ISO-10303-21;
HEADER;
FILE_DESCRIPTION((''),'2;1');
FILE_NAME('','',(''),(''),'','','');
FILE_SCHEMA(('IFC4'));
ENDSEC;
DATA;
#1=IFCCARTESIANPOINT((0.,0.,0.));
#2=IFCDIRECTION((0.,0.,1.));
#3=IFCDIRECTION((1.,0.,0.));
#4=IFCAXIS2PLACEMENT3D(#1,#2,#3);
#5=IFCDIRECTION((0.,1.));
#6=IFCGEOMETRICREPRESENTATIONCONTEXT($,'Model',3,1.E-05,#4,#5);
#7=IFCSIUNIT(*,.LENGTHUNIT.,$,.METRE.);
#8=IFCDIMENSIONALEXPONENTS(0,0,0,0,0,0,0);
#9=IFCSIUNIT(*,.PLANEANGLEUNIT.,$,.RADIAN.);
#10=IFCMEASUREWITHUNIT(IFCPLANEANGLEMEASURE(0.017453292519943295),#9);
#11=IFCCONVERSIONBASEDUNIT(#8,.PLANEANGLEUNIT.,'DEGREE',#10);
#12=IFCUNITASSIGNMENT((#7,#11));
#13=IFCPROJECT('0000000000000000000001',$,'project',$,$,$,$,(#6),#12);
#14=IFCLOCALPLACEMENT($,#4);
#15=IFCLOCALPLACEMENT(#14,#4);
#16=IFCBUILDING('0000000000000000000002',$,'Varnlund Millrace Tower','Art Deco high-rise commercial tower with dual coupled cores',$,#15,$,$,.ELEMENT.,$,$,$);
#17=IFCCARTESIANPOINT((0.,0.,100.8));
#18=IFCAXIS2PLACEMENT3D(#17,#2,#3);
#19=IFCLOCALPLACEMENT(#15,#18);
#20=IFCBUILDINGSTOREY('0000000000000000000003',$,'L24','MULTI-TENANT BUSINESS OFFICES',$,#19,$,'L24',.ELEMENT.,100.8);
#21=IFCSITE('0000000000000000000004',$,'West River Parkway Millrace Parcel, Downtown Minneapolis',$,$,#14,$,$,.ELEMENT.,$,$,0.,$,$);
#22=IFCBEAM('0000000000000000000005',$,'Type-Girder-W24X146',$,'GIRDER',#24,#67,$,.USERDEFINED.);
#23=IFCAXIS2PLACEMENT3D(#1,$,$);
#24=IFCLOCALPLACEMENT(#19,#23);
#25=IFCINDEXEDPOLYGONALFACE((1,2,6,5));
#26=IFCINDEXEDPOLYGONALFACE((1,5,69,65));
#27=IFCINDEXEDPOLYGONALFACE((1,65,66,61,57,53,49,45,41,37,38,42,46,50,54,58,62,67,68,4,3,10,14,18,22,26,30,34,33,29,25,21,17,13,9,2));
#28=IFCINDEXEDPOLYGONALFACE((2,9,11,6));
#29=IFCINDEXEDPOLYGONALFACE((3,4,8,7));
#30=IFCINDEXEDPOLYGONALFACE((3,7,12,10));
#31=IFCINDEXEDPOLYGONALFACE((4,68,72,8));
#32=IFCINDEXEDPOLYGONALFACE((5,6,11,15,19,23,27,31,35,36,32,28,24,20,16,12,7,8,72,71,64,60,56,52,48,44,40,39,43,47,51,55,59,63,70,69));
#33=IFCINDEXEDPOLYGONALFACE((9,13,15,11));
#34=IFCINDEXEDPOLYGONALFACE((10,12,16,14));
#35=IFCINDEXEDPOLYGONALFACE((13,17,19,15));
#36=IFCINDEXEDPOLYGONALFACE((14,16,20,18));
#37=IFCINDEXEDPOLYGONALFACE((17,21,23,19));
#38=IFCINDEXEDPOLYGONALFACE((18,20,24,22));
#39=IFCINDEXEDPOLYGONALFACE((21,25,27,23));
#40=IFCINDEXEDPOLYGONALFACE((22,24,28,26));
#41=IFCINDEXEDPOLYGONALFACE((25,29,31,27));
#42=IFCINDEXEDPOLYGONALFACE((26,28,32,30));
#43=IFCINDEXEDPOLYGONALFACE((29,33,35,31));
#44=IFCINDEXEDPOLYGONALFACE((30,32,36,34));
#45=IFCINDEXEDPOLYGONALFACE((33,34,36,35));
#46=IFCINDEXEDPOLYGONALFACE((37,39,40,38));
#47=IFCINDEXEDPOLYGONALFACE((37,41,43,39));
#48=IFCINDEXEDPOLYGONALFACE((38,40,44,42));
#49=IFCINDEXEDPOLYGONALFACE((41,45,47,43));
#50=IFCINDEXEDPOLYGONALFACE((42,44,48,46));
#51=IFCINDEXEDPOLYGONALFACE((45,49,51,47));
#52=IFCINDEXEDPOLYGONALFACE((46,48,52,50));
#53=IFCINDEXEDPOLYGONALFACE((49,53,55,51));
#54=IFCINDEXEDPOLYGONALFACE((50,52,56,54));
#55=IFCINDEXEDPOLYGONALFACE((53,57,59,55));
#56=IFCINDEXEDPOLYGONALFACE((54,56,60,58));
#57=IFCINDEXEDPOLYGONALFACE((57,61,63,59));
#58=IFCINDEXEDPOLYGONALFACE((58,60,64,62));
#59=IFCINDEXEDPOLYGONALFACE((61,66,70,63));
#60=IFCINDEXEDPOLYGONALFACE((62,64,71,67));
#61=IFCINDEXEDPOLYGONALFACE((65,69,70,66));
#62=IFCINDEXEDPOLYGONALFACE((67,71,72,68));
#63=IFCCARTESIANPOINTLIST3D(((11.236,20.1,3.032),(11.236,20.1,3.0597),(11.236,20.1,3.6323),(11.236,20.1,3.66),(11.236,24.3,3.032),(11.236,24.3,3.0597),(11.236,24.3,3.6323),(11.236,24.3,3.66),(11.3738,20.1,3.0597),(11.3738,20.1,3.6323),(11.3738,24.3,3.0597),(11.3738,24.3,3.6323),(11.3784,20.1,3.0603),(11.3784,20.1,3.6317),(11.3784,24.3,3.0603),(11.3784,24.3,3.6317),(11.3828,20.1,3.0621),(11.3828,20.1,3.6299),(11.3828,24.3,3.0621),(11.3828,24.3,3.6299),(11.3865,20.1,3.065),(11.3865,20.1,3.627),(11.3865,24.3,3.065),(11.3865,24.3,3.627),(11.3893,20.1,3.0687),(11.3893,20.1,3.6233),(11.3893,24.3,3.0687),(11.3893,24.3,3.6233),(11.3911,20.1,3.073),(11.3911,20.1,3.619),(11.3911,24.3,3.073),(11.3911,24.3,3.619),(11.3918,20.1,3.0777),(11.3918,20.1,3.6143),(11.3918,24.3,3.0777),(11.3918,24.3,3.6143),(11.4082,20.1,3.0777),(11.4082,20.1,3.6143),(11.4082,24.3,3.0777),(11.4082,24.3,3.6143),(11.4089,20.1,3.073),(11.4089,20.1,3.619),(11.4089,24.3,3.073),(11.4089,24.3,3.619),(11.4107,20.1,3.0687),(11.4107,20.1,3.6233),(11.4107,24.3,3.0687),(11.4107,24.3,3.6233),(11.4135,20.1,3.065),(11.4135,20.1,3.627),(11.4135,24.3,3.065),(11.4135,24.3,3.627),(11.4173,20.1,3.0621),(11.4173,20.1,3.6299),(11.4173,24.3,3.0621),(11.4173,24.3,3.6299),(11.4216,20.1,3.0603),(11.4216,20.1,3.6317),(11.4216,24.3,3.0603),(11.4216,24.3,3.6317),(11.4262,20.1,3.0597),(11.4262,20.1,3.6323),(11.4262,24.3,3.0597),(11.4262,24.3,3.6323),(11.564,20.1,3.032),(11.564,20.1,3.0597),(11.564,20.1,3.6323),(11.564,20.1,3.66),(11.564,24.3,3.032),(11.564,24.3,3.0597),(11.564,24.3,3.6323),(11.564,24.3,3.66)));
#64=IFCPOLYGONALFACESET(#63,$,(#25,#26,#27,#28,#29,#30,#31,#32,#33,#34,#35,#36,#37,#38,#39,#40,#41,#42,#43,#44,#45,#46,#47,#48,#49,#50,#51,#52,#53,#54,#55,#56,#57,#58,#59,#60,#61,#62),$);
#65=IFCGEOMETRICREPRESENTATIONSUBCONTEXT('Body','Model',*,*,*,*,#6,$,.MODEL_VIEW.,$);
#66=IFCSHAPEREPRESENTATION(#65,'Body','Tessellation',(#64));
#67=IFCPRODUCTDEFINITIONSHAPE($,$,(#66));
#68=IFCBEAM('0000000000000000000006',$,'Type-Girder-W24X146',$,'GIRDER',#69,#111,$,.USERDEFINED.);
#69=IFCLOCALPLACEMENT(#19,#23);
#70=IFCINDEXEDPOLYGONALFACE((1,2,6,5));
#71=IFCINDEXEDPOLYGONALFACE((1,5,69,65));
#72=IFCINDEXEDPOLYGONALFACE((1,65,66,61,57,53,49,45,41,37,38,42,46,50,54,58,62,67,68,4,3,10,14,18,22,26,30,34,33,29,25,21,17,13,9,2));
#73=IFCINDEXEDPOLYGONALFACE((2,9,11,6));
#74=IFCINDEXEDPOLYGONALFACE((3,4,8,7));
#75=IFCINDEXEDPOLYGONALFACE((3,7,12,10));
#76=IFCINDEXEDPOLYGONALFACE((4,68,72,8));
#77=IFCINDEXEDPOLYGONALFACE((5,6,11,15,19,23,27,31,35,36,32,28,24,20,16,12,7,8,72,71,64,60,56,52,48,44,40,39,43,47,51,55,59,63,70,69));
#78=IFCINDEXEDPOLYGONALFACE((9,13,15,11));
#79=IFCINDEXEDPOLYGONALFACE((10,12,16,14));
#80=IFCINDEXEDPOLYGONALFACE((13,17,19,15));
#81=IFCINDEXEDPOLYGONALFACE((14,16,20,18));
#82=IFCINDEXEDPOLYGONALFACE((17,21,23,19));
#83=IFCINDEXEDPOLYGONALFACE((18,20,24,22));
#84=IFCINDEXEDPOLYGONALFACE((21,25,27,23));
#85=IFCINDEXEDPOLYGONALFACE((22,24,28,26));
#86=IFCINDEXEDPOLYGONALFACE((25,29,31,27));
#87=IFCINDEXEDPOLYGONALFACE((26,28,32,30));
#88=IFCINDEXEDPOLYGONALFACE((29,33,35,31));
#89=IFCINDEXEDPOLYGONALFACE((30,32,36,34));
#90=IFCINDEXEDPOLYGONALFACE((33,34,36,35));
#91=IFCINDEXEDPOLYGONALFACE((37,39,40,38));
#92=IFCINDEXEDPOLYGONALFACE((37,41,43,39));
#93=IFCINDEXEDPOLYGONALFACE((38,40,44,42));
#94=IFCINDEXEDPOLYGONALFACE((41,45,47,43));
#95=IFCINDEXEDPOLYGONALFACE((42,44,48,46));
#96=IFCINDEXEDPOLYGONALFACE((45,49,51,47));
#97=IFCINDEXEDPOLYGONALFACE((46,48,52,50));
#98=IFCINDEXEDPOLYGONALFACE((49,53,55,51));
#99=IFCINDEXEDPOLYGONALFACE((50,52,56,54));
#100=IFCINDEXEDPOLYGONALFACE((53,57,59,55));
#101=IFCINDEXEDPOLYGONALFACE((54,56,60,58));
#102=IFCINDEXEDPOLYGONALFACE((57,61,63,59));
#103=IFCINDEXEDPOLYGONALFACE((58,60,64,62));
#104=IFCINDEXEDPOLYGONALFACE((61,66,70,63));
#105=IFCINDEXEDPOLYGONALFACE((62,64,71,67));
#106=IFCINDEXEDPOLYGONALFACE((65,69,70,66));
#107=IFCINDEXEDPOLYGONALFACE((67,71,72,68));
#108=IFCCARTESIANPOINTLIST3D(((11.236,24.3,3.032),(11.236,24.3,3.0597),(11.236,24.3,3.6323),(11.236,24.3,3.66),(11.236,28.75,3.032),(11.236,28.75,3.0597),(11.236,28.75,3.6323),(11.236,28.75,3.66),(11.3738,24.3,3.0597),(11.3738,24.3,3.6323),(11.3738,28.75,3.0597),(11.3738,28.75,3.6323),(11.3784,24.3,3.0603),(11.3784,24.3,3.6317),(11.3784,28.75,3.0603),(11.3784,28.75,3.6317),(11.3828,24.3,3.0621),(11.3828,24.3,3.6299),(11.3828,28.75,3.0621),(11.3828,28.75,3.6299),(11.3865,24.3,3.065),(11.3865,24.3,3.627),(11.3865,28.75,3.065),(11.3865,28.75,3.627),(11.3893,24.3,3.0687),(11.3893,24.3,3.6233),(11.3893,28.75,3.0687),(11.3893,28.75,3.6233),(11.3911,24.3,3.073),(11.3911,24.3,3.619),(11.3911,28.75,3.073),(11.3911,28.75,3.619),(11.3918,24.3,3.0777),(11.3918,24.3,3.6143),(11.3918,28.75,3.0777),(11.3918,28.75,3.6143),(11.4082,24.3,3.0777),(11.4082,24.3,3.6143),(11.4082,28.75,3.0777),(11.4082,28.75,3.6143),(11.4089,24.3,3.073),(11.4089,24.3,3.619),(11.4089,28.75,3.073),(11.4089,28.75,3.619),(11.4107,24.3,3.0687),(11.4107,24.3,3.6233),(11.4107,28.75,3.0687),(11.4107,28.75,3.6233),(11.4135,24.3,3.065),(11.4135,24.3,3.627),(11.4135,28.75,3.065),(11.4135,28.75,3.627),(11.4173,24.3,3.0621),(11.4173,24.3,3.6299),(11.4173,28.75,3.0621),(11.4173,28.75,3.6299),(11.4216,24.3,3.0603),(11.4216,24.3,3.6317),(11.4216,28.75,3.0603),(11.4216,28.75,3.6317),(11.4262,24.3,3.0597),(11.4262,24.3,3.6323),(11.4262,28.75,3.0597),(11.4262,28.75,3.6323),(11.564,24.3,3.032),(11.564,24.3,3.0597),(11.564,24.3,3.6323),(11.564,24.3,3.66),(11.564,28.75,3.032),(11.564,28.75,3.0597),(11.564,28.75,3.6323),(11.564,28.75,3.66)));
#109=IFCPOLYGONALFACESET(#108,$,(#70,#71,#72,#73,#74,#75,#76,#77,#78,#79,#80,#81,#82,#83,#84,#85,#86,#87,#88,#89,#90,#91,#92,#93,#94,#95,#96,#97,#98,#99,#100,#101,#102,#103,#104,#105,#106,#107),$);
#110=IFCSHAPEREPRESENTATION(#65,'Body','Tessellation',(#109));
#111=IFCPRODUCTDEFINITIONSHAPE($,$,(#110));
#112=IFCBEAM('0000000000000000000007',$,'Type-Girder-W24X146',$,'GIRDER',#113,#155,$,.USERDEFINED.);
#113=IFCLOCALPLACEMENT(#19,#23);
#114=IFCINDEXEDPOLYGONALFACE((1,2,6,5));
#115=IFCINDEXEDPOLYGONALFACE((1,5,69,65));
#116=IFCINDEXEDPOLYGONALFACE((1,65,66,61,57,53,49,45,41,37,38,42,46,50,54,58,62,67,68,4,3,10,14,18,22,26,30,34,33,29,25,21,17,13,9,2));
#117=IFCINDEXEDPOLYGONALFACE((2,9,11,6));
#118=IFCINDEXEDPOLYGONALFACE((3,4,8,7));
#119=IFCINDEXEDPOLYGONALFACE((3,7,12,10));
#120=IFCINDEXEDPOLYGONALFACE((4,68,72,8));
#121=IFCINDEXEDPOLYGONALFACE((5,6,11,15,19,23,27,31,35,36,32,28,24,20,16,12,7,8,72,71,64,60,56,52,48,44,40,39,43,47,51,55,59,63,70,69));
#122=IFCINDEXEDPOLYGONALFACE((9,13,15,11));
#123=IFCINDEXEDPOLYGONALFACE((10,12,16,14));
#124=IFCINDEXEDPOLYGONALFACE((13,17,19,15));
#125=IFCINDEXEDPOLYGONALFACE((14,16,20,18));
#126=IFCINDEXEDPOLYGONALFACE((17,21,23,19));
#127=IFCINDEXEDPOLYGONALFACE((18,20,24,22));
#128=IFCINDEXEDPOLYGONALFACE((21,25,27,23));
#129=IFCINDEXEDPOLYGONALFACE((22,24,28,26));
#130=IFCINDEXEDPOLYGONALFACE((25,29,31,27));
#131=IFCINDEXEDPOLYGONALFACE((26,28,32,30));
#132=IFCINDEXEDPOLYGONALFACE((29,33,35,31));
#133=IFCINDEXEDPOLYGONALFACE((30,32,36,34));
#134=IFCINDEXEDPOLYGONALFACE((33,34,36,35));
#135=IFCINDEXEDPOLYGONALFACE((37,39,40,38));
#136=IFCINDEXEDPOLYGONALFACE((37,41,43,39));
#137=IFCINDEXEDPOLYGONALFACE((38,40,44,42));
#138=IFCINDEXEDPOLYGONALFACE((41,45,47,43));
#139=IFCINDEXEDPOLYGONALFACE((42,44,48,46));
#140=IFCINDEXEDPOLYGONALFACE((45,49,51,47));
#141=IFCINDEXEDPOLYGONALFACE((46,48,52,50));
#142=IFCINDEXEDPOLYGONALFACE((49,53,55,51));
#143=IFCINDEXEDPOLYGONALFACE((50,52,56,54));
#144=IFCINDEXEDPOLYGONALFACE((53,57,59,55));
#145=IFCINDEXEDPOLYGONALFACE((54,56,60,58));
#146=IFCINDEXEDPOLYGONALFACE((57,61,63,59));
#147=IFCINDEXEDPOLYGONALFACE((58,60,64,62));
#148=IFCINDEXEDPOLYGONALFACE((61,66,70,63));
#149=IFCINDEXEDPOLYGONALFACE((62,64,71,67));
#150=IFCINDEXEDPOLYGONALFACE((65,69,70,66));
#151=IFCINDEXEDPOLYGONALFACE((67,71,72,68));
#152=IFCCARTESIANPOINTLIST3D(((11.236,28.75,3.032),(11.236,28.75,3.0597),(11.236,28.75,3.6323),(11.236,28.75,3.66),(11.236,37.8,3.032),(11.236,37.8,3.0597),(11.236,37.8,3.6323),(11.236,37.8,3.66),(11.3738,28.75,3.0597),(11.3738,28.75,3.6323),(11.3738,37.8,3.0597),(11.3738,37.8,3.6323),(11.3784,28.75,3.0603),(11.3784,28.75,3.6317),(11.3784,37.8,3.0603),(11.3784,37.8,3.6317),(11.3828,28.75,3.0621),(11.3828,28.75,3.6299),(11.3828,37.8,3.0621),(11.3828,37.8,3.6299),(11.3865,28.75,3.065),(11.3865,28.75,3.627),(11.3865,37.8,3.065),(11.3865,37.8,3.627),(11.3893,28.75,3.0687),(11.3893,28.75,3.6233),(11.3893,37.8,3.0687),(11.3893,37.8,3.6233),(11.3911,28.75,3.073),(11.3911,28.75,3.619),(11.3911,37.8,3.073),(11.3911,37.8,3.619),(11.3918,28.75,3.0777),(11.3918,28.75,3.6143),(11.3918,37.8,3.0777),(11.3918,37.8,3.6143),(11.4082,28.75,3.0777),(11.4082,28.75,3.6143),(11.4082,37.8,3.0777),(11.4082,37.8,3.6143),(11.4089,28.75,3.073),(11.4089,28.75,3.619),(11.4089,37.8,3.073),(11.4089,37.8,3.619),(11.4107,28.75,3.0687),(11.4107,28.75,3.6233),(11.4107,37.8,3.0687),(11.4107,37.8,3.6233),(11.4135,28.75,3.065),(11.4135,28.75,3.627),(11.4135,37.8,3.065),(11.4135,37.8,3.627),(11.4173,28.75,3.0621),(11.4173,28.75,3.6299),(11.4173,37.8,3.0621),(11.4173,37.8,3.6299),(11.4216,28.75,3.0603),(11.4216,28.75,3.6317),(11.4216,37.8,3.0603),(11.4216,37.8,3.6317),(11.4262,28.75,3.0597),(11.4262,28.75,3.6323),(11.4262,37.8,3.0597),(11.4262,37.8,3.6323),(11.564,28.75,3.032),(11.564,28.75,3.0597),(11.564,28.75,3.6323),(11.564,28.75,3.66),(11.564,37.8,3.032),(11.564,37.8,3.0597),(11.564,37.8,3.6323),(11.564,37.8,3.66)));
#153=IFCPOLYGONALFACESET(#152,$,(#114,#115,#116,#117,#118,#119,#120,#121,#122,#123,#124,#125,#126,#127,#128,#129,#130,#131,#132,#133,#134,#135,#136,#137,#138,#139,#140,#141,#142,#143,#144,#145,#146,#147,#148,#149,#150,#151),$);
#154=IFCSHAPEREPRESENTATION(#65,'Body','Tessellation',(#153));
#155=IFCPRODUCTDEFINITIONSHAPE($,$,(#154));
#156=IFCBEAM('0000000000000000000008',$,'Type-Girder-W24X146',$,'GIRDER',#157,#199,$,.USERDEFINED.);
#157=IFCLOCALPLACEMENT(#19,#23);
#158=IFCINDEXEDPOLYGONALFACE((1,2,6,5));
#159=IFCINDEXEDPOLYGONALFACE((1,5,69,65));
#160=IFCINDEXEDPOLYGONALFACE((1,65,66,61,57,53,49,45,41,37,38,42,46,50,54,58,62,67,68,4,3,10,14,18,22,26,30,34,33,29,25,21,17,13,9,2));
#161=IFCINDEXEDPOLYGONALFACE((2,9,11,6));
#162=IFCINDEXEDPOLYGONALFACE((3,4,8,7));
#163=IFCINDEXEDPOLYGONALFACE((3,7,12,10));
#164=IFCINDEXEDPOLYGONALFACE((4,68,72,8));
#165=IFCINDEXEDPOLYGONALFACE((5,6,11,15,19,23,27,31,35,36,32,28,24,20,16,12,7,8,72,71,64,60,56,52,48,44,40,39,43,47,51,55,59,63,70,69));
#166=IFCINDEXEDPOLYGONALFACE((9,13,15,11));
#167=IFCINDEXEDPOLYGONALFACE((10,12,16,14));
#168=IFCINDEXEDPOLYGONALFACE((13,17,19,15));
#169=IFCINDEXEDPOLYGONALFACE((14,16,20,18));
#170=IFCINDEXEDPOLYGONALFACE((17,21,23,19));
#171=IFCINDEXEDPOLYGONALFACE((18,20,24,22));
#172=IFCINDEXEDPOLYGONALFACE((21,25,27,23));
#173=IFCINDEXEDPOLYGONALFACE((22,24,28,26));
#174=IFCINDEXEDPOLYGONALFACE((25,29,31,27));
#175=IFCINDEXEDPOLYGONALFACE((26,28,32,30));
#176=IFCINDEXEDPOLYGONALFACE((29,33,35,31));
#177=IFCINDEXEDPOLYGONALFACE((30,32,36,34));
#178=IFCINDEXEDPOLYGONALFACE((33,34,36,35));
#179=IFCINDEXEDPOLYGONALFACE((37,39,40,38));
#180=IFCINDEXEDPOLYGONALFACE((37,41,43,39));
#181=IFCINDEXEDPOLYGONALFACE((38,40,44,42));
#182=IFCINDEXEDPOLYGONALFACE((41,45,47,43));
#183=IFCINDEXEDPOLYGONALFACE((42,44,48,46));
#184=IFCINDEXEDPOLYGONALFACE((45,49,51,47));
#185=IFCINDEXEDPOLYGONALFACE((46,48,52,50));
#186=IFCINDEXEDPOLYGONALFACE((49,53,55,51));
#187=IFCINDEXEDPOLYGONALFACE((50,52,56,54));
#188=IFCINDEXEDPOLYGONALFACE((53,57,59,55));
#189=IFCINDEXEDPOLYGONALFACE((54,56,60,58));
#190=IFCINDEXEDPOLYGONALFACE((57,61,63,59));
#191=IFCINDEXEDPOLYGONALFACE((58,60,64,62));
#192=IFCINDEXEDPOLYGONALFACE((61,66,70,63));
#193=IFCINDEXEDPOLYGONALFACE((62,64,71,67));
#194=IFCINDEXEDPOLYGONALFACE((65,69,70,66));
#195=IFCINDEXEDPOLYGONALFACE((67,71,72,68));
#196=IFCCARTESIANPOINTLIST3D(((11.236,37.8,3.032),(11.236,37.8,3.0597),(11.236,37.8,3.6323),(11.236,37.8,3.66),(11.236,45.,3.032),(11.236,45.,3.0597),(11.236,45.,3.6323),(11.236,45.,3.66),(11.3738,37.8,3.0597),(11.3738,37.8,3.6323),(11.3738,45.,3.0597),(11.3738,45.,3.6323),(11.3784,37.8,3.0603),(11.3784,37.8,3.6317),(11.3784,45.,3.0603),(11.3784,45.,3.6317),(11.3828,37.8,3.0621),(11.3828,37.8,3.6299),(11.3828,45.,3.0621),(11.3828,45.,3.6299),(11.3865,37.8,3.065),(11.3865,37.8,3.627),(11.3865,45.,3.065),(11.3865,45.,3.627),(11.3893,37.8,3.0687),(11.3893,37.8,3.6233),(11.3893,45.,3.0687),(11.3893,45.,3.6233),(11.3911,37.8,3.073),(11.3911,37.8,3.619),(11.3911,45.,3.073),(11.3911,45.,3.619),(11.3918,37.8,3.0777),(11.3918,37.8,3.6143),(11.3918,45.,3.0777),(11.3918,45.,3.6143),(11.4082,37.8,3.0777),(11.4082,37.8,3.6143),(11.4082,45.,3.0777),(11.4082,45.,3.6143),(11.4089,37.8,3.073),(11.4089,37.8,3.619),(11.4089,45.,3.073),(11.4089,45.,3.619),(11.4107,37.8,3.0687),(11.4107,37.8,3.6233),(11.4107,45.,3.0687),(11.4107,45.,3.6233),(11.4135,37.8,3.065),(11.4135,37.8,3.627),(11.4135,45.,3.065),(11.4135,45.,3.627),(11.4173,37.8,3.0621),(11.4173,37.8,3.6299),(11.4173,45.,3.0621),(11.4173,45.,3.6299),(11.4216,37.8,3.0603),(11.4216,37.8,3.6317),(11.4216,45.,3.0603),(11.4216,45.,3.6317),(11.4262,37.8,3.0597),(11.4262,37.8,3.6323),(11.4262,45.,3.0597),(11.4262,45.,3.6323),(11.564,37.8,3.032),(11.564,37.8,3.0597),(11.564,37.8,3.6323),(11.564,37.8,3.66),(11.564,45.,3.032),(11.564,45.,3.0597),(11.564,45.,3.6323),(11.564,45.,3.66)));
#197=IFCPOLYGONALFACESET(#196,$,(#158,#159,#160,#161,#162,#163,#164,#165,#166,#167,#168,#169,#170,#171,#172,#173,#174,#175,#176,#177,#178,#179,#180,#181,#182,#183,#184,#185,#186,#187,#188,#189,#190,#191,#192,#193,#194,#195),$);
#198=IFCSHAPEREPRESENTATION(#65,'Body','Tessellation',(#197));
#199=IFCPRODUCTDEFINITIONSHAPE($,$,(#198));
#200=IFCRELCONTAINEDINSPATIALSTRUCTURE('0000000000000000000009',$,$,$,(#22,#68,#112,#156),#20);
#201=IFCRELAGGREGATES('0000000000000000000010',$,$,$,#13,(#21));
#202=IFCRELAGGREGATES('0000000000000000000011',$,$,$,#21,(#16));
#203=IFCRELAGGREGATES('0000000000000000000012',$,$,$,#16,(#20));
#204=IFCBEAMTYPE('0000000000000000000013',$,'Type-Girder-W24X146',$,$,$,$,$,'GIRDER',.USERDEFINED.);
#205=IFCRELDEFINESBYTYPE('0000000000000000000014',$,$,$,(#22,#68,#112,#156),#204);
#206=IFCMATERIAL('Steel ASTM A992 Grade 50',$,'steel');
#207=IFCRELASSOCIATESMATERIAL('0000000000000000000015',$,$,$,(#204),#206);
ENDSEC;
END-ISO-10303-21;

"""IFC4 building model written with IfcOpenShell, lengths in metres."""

from ifc_helpers import new_model, entity, si_unit, converted_unit, direction, frame, origin_with_axes, origin_2d_with_axis, place, context, subcontext, project, spatial, i_section, extrude, material, material_profile, profile_set, type_object, element, save


model = new_model("IFC4")

# Units and contexts
model_context = context("Model", 3, precision=1e-05, world=origin_with_axes(), true_north=direction((0.0, 1.0)))
body_context = subcontext(model_context, "Body", "Model", "MODEL_VIEW")
ifc_project = project(units=[si_unit("LENGTHUNIT", "METRE"), converted_unit("PLANEANGLEUNIT", "DEGREE", entity("IfcPlaneAngleMeasure", 0.017453292519943295), si_unit("PLANEANGLEUNIT", "RADIAN"), dimensions=[0, 0, 0, 0, 0, 0, 0])], contexts=[model_context])

# Site, building, storey
site_placement = place(None, origin_with_axes())
site = spatial("IfcSite", under=ifc_project, at=site_placement, Name="West River Parkway Millrace Parcel, Downtown Minneapolis", CompositionType="ELEMENT", RefElevation=0.0)
building_placement = place(site_placement, origin_with_axes())
building = spatial("IfcBuilding", under=site, at=building_placement, Name="Varnlund Millrace Tower", Description="Art Deco high-rise commercial tower with dual coupled cores", CompositionType="ELEMENT")
storey_placement = place(building_placement, frame((0.0, 0.0, 100.8), z_axis=(0.0, 0.0, 1.0), x_axis=(1.0, 0.0, 0.0)))
storey = spatial("IfcBuildingStorey", under=building, at=storey_placement, Name="L24", Description="MULTI-TENANT BUSINESS OFFICES", LongName="L24", CompositionType="ELEMENT", Elevation=100.8)

# Beams
ifc_material_1 = material(Name="Steel ASTM A992 Grade 50", Category="steel")
ifc_material_profile_1 = material_profile(ifc_material_1, i_section(OverallWidth=0.328, OverallDepth=0.628, WebThickness=0.0165, FlangeThickness=0.0277, FilletRadius=0.018, at=origin_2d_with_axis()), Name="Steel ASTM A992 Grade 50")
ifc_profile_set_1 = profile_set([ifc_material_profile_1], Name="Steel ASTM A992 Grade 50")
beam_type_1 = type_object("IfcBeamType", Name="Type-Girder-W24X146", ElementType="GIRDER", PredefinedType="USERDEFINED", material=ifc_profile_set_1)
beam_1_placement = place(storey_placement, frame((11.4, 20.1, 3.346), z_axis=(0.0, 1.0, 0.0), x_axis=(-1.0, 0.0, 0.0)))
element("IfcBeam", 1, at=beam_1_placement, inside=storey, type_object=beam_type_1, Name="Type-Girder-W24X146", ObjectType="GIRDER", PredefinedType="USERDEFINED", context=body_context, shape_type="SweptSolid", body=[
    extrude(i_section(OverallWidth=0.328, OverallDepth=0.628, WebThickness=0.0165, FlangeThickness=0.0277, FilletRadius=0.018, at=origin_2d_with_axis()), origin_with_axes(), (0.0, 0.0, 1.0), 4.2),
])
beam_2_placement = place(storey_placement, frame((11.4, 24.3, 3.346), z_axis=(0.0, 1.0, 0.0), x_axis=(-1.0, 0.0, 0.0)))
element("IfcBeam", 2, at=beam_2_placement, inside=storey, type_object=beam_type_1, Name="Type-Girder-W24X146", ObjectType="GIRDER", PredefinedType="USERDEFINED", context=body_context, shape_type="SweptSolid", body=[
    extrude(i_section(OverallWidth=0.328, OverallDepth=0.628, WebThickness=0.0165, FlangeThickness=0.0277, FilletRadius=0.018, at=origin_2d_with_axis()), origin_with_axes(), (0.0, 0.0, 1.0), 4.45),
])
beam_3_placement = place(storey_placement, frame((11.4, 28.75, 3.346), z_axis=(0.0, 1.0, 0.0), x_axis=(-1.0, 0.0, 0.0)))
element("IfcBeam", 3, at=beam_3_placement, inside=storey, type_object=beam_type_1, Name="Type-Girder-W24X146", ObjectType="GIRDER", PredefinedType="USERDEFINED", context=body_context, shape_type="SweptSolid", body=[
    extrude(i_section(OverallWidth=0.328, OverallDepth=0.628, WebThickness=0.0165, FlangeThickness=0.0277, FilletRadius=0.018, at=origin_2d_with_axis()), origin_with_axes(), (0.0, 0.0, 1.0), 9.05),
])
beam_4_placement = place(storey_placement, frame((11.4, 37.8, 3.346), z_axis=(0.0, 1.0, 0.0), x_axis=(-1.0, 0.0, 0.0)))
element("IfcBeam", 4, at=beam_4_placement, inside=storey, type_object=beam_type_1, Name="Type-Girder-W24X146", ObjectType="GIRDER", PredefinedType="USERDEFINED", context=body_context, shape_type="SweptSolid", body=[
    extrude(i_section(OverallWidth=0.328, OverallDepth=0.628, WebThickness=0.0165, FlangeThickness=0.0277, FilletRadius=0.018, at=origin_2d_with_axis()), origin_with_axes(), (0.0, 0.0, 1.0), 7.2),
])

save(model, "model.ifc")
